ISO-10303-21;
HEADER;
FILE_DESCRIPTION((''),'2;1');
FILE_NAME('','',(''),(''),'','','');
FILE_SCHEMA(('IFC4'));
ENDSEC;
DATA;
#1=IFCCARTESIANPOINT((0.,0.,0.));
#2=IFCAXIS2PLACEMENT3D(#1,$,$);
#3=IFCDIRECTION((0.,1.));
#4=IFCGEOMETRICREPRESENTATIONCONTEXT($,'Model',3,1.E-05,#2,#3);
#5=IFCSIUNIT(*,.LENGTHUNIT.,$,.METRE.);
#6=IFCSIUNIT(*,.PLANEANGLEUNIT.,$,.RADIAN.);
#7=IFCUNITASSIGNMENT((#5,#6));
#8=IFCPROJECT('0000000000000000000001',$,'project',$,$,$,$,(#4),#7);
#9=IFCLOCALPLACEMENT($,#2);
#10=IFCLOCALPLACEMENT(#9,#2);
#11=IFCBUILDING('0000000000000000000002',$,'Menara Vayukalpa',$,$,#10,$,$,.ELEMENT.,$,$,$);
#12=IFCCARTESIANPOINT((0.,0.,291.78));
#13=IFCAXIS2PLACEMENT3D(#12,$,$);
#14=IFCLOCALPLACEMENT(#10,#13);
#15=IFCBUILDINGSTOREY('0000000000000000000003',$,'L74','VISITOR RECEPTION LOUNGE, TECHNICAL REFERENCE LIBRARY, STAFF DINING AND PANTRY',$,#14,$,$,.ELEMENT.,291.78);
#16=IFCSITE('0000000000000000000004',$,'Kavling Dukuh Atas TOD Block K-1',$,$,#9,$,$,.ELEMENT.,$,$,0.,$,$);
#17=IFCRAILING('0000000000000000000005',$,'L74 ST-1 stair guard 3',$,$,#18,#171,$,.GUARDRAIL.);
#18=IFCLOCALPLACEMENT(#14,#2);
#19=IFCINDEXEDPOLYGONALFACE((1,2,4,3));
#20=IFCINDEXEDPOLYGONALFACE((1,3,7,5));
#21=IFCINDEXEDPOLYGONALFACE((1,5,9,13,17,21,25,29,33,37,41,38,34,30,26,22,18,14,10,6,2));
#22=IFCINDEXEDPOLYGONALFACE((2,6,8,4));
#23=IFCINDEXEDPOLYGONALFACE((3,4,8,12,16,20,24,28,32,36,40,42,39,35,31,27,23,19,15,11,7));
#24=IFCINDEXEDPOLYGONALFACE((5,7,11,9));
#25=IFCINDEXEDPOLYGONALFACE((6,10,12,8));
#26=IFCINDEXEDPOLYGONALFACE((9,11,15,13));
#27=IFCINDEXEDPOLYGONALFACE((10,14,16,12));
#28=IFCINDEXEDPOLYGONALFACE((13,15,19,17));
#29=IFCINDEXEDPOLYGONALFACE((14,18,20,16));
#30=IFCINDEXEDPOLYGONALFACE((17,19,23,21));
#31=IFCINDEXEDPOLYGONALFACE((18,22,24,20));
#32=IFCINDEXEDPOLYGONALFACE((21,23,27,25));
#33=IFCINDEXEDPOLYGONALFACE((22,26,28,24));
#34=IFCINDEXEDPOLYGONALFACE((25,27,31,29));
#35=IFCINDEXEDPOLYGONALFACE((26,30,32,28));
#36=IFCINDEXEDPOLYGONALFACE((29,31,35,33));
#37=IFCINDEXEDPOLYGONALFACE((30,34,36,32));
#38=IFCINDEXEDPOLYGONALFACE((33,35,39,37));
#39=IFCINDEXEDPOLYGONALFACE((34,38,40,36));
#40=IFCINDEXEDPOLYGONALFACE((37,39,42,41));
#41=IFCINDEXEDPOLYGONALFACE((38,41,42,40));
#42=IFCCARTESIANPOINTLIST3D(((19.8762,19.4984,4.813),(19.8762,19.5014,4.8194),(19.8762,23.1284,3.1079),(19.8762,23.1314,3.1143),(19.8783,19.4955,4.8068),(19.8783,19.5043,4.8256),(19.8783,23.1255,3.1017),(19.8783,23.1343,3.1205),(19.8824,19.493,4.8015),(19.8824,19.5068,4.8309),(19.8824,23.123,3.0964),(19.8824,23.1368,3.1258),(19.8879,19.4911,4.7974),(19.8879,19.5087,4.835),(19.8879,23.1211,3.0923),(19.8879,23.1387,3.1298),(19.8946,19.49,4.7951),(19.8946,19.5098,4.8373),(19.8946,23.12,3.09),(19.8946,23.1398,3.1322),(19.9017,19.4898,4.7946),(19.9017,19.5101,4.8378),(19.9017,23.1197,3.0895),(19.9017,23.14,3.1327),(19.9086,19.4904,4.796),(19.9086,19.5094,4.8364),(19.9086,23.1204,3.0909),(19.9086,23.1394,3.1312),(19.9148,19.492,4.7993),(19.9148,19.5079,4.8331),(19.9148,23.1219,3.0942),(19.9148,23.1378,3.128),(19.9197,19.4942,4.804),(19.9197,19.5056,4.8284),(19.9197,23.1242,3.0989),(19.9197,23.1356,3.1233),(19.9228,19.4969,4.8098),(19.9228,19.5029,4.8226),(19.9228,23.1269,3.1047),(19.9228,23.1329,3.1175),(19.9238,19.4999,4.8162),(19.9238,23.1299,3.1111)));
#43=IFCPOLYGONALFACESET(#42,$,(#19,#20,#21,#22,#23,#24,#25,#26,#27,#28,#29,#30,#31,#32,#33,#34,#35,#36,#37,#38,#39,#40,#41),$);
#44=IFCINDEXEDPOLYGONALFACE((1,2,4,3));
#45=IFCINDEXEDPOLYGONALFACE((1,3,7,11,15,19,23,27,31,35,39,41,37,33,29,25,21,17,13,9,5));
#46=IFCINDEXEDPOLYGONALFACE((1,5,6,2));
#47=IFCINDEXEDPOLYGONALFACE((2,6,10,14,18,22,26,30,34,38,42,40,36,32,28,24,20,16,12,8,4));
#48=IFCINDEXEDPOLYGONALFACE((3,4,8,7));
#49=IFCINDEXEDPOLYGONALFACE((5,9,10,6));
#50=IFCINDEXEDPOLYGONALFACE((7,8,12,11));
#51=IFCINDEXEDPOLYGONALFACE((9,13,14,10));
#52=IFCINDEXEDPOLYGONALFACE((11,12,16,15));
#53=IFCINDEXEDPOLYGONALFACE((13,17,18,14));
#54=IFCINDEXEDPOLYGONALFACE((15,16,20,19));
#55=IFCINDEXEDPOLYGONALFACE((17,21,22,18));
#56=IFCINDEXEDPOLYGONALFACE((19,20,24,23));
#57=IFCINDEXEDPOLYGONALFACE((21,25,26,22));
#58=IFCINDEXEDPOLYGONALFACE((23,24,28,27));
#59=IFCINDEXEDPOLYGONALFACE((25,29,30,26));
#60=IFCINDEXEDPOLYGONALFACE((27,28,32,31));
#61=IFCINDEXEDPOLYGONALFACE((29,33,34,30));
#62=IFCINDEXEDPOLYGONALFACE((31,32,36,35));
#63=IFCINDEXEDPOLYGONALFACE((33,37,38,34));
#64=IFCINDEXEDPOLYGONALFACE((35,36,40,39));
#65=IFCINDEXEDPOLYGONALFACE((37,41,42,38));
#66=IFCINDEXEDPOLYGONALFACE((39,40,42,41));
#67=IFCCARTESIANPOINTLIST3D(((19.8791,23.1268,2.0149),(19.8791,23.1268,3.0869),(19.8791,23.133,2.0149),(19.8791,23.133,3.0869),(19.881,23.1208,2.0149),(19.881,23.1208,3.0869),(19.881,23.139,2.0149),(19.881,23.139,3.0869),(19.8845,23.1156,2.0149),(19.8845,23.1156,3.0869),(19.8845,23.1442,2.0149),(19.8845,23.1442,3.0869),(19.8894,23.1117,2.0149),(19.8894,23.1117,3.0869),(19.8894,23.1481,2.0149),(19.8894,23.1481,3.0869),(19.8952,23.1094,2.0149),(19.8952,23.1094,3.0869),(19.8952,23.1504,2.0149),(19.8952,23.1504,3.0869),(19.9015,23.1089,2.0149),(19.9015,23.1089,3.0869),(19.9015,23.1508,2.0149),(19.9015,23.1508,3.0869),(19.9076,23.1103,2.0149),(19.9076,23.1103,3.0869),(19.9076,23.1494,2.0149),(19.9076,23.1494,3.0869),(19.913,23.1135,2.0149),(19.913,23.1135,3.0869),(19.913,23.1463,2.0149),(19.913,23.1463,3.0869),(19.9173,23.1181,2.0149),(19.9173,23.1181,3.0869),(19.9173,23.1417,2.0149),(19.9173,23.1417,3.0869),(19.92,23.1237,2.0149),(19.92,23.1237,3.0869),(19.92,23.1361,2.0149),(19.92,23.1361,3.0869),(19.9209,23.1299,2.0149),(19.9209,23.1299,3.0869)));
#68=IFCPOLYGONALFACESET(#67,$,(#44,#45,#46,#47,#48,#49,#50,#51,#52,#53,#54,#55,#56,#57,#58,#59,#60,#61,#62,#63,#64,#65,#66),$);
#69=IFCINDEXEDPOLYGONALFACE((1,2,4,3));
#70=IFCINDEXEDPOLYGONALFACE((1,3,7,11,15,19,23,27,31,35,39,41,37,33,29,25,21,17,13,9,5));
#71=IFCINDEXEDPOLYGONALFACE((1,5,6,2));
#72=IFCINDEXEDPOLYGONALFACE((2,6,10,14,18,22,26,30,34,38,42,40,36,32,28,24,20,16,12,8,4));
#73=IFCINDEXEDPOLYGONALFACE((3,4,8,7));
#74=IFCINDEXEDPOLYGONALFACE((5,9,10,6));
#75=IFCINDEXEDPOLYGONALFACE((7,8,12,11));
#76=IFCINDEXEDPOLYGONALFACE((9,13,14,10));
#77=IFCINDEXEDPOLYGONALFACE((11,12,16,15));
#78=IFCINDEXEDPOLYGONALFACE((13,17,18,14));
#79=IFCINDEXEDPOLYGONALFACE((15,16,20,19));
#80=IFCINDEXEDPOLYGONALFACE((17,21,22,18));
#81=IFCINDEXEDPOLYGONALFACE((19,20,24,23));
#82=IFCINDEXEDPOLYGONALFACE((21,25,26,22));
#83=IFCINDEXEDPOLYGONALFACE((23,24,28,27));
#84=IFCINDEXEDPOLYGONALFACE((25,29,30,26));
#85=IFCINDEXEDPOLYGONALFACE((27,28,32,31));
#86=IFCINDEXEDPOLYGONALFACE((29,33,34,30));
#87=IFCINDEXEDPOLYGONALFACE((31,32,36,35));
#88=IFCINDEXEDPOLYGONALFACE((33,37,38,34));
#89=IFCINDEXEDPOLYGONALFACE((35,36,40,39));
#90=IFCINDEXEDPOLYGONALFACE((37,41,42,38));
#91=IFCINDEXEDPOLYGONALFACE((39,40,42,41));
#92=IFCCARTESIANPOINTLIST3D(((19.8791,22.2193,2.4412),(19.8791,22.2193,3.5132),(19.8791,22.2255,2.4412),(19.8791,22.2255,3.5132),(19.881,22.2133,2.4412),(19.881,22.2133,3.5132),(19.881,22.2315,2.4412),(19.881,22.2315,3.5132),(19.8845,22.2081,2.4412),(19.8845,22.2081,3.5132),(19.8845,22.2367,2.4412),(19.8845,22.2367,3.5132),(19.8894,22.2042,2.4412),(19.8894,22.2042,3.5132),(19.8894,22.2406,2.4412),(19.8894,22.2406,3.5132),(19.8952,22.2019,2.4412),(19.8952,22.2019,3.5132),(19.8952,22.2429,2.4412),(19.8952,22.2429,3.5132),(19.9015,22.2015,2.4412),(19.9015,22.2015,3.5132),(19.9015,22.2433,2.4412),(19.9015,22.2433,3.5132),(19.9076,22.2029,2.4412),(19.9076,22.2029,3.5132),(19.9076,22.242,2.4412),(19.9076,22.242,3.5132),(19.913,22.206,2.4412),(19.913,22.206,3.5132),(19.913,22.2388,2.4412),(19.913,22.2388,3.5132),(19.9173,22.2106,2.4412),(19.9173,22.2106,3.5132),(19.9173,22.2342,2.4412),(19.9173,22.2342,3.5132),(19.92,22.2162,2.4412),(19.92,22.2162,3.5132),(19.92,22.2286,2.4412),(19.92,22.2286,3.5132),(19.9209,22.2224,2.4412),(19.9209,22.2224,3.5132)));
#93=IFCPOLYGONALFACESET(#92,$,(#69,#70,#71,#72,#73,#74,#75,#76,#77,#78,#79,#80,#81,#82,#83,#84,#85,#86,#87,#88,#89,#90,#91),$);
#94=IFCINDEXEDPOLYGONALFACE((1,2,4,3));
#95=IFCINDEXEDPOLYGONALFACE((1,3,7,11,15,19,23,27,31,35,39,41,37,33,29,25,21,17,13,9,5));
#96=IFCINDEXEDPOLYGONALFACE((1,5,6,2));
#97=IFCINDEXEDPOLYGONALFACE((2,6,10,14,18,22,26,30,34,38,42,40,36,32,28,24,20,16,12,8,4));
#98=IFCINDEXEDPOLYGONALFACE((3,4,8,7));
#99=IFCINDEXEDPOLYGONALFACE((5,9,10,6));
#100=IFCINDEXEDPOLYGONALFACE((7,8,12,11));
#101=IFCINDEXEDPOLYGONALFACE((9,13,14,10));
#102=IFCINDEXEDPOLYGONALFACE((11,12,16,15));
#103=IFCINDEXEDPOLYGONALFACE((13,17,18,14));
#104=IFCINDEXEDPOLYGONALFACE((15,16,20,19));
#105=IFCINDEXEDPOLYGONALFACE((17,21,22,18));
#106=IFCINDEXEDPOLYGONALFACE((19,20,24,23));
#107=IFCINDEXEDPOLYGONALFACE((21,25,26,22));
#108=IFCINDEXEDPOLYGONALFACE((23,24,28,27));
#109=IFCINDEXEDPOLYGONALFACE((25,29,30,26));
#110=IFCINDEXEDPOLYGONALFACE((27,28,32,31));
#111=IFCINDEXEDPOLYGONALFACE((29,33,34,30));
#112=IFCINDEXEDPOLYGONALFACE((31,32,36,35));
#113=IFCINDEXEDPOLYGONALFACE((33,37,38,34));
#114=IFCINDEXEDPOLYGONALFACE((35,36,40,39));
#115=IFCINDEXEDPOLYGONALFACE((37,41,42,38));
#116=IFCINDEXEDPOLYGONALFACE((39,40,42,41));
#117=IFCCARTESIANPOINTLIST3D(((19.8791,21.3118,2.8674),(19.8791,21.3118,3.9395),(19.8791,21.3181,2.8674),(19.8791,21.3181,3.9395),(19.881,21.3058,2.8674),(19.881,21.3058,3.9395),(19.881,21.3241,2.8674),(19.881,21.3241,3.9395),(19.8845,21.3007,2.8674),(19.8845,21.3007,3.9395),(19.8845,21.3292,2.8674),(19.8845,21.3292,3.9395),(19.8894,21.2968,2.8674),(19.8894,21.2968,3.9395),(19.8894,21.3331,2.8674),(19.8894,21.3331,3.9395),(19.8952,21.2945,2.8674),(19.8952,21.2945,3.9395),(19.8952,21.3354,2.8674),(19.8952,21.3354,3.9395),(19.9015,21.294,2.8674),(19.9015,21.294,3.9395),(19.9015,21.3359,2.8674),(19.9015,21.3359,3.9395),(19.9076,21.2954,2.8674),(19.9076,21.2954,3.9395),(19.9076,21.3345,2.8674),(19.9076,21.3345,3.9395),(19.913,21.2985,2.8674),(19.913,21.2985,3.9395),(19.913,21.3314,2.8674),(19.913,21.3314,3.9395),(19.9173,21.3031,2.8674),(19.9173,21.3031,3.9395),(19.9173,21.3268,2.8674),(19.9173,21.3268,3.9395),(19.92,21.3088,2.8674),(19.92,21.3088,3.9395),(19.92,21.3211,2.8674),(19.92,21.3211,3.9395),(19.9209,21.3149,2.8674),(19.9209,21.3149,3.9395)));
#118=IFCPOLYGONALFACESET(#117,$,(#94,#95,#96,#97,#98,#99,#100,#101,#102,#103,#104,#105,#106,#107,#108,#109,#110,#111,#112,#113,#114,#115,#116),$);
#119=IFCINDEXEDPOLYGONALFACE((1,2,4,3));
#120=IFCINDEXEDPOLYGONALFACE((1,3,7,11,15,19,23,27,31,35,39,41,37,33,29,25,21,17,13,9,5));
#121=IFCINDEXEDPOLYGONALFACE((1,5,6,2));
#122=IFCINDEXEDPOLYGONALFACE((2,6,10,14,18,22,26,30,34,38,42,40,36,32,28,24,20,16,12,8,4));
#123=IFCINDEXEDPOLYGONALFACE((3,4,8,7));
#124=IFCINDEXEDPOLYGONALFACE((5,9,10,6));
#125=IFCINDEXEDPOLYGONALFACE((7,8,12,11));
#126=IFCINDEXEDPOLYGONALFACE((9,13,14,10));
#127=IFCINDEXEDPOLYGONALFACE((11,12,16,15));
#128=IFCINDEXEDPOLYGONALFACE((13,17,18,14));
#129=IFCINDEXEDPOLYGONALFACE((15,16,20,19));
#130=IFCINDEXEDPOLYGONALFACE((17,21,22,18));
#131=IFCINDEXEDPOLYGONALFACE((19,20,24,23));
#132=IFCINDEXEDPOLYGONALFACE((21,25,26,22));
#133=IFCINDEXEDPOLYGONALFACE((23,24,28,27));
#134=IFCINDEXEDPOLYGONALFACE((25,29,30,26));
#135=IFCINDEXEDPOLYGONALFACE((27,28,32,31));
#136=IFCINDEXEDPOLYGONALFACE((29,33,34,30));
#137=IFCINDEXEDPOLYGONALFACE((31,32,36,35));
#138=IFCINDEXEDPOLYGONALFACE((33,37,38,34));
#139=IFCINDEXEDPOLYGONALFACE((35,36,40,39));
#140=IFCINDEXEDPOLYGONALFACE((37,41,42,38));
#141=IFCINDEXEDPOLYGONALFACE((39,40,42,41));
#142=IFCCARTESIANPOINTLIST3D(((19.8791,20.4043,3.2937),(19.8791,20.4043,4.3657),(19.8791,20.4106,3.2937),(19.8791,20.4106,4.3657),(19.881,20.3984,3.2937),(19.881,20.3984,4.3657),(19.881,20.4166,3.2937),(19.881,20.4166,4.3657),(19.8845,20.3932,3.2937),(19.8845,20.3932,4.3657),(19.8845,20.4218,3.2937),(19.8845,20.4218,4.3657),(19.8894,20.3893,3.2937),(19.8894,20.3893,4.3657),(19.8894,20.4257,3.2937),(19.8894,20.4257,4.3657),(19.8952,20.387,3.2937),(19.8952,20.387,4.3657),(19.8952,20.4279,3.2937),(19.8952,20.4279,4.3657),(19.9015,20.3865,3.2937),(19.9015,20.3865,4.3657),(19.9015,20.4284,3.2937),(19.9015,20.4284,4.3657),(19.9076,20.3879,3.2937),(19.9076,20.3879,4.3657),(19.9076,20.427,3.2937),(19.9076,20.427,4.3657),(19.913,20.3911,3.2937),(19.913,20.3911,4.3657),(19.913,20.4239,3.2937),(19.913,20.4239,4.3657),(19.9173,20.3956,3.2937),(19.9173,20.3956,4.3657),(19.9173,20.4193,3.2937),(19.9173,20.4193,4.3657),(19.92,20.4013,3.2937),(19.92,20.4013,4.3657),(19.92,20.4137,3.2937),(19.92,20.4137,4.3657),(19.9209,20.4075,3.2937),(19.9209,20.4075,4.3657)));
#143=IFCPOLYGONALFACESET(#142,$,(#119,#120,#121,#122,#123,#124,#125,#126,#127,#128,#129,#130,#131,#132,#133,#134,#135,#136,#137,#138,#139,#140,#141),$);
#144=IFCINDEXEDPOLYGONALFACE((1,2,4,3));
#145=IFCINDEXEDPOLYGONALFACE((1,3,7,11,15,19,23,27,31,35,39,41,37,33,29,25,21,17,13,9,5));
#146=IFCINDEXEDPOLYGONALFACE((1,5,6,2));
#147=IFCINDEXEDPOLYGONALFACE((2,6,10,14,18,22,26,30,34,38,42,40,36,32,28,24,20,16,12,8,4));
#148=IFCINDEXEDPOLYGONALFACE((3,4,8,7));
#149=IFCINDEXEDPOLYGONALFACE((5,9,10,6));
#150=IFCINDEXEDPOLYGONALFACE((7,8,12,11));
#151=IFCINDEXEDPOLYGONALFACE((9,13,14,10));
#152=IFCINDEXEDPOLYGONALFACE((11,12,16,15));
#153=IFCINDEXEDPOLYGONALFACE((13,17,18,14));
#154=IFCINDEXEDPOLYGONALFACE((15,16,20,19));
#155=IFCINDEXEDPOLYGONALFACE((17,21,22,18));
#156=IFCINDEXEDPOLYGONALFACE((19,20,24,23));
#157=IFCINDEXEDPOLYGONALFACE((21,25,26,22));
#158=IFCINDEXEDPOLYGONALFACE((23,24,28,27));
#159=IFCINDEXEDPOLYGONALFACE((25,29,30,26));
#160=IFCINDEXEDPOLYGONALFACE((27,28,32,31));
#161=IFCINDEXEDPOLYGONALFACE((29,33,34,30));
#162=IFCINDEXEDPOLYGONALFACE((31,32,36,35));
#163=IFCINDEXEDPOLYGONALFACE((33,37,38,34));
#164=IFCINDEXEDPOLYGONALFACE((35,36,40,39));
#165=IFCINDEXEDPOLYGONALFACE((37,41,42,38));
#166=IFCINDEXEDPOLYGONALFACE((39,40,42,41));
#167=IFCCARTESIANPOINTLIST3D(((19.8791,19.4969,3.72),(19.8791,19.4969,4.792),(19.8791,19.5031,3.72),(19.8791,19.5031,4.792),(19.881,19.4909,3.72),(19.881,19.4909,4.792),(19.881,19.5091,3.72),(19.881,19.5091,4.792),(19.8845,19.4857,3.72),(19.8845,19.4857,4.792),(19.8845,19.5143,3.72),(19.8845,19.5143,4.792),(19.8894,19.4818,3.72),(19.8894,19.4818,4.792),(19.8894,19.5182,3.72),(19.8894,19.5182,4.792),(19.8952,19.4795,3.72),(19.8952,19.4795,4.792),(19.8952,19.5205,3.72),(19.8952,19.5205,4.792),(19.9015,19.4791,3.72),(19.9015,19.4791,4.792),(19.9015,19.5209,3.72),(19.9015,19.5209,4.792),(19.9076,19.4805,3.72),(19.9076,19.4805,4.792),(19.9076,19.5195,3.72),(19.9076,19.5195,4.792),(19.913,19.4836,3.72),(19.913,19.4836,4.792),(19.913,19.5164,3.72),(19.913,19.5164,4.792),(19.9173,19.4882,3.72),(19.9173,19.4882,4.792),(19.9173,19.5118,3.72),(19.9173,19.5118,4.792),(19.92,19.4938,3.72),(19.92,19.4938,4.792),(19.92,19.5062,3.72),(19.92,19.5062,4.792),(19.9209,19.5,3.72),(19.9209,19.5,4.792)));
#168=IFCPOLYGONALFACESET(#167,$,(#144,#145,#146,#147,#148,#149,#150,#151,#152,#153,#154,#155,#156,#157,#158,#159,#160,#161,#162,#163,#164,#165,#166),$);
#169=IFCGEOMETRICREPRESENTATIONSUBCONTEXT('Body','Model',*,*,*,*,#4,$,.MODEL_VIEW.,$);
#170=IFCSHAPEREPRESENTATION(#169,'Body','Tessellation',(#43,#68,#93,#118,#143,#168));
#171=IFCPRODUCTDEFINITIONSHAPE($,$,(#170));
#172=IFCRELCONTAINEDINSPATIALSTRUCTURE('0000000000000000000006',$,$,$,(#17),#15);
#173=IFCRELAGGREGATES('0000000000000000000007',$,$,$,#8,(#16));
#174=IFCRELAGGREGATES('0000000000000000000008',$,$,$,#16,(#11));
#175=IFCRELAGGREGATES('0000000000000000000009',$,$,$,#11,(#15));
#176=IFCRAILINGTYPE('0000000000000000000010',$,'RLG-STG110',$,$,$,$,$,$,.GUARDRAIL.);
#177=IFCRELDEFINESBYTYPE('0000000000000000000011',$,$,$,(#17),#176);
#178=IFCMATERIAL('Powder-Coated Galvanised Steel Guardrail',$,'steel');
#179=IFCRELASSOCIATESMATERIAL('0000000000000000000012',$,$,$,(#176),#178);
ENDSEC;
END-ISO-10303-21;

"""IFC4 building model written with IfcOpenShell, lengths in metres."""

from ifc_helpers import new_model, si_unit, direction, frame, origin, origin_2d, place, context, subcontext, project, spatial, circle, extrude, material, type_object, element, save


model = new_model("IFC4")

# Units and contexts
model_context = context("Model", 3, precision=1e-05, world=origin(), true_north=direction((0.0, 1.0)))
body_context = subcontext(model_context, "Body", "Model", "MODEL_VIEW")
ifc_project = project(units=[si_unit("LENGTHUNIT", "METRE"), si_unit("PLANEANGLEUNIT", "RADIAN")], contexts=[model_context])

# Site, building, storey
site_placement = place(None, origin())
site = spatial("IfcSite", under=ifc_project, at=site_placement, Name="Kavling Dukuh Atas TOD Block K-1", CompositionType="ELEMENT", RefElevation=0.0)
building_placement = place(site_placement, origin())
building = spatial("IfcBuilding", under=site, at=building_placement, Name="Menara Vayukalpa", CompositionType="ELEMENT")
storey_placement = place(building_placement, frame((0.0, 0.0, 291.78)))
storey = spatial("IfcBuildingStorey", under=building, at=storey_placement, Name="L74", Description="VISITOR RECEPTION LOUNGE, TECHNICAL REFERENCE LIBRARY, STAFF DINING AND PANTRY", CompositionType="ELEMENT", Elevation=291.78)

# Railing
ifc_material_1 = material(Name="Powder-Coated Galvanised Steel Guardrail", Category="steel")
railing_type_1 = type_object("IfcRailingType", Name="RLG-STG110", PredefinedType="GUARDRAIL", material=ifc_material_1)
railing_1_placement = place(storey_placement, frame((19.8999, 23.1299, 2.0149)))
element("IfcRailing", 1, at=railing_1_placement, inside=storey, type_object=railing_type_1, Name="L74 ST-1 stair guard 3", PredefinedType="GUARDRAIL", context=body_context, shape_type="SweptSolid", body=[
    extrude(circle(Radius=0.0239, at=origin_2d()), frame((0.0, 0.0, 1.0962), z_axis=(0.0, -0.905116, 0.425164), x_axis=(1.0, 0.0, 0.0)), (0.0, 0.0, 1.0), 4.0105),
    extrude(circle(Radius=0.021, at=origin_2d()), origin(), (0.0, 0.0, 1.0), 1.072),
    extrude(circle(Radius=0.021, at=origin_2d()), frame((0.0, -0.9075, 0.4263)), (0.0, 0.0, 1.0), 1.072),
    extrude(circle(Radius=0.021, at=origin_2d()), frame((0.0, -1.8149, 0.8525)), (0.0, 0.0, 1.0), 1.072),
    extrude(circle(Radius=0.021, at=origin_2d()), frame((0.0, -2.7224, 1.2788)), (0.0, 0.0, 1.0), 1.072),
    extrude(circle(Radius=0.021, at=origin_2d()), frame((0.0, -3.6299, 1.7051)), (0.0, 0.0, 1.0), 1.072),
])

save(model, "model.ifc")
